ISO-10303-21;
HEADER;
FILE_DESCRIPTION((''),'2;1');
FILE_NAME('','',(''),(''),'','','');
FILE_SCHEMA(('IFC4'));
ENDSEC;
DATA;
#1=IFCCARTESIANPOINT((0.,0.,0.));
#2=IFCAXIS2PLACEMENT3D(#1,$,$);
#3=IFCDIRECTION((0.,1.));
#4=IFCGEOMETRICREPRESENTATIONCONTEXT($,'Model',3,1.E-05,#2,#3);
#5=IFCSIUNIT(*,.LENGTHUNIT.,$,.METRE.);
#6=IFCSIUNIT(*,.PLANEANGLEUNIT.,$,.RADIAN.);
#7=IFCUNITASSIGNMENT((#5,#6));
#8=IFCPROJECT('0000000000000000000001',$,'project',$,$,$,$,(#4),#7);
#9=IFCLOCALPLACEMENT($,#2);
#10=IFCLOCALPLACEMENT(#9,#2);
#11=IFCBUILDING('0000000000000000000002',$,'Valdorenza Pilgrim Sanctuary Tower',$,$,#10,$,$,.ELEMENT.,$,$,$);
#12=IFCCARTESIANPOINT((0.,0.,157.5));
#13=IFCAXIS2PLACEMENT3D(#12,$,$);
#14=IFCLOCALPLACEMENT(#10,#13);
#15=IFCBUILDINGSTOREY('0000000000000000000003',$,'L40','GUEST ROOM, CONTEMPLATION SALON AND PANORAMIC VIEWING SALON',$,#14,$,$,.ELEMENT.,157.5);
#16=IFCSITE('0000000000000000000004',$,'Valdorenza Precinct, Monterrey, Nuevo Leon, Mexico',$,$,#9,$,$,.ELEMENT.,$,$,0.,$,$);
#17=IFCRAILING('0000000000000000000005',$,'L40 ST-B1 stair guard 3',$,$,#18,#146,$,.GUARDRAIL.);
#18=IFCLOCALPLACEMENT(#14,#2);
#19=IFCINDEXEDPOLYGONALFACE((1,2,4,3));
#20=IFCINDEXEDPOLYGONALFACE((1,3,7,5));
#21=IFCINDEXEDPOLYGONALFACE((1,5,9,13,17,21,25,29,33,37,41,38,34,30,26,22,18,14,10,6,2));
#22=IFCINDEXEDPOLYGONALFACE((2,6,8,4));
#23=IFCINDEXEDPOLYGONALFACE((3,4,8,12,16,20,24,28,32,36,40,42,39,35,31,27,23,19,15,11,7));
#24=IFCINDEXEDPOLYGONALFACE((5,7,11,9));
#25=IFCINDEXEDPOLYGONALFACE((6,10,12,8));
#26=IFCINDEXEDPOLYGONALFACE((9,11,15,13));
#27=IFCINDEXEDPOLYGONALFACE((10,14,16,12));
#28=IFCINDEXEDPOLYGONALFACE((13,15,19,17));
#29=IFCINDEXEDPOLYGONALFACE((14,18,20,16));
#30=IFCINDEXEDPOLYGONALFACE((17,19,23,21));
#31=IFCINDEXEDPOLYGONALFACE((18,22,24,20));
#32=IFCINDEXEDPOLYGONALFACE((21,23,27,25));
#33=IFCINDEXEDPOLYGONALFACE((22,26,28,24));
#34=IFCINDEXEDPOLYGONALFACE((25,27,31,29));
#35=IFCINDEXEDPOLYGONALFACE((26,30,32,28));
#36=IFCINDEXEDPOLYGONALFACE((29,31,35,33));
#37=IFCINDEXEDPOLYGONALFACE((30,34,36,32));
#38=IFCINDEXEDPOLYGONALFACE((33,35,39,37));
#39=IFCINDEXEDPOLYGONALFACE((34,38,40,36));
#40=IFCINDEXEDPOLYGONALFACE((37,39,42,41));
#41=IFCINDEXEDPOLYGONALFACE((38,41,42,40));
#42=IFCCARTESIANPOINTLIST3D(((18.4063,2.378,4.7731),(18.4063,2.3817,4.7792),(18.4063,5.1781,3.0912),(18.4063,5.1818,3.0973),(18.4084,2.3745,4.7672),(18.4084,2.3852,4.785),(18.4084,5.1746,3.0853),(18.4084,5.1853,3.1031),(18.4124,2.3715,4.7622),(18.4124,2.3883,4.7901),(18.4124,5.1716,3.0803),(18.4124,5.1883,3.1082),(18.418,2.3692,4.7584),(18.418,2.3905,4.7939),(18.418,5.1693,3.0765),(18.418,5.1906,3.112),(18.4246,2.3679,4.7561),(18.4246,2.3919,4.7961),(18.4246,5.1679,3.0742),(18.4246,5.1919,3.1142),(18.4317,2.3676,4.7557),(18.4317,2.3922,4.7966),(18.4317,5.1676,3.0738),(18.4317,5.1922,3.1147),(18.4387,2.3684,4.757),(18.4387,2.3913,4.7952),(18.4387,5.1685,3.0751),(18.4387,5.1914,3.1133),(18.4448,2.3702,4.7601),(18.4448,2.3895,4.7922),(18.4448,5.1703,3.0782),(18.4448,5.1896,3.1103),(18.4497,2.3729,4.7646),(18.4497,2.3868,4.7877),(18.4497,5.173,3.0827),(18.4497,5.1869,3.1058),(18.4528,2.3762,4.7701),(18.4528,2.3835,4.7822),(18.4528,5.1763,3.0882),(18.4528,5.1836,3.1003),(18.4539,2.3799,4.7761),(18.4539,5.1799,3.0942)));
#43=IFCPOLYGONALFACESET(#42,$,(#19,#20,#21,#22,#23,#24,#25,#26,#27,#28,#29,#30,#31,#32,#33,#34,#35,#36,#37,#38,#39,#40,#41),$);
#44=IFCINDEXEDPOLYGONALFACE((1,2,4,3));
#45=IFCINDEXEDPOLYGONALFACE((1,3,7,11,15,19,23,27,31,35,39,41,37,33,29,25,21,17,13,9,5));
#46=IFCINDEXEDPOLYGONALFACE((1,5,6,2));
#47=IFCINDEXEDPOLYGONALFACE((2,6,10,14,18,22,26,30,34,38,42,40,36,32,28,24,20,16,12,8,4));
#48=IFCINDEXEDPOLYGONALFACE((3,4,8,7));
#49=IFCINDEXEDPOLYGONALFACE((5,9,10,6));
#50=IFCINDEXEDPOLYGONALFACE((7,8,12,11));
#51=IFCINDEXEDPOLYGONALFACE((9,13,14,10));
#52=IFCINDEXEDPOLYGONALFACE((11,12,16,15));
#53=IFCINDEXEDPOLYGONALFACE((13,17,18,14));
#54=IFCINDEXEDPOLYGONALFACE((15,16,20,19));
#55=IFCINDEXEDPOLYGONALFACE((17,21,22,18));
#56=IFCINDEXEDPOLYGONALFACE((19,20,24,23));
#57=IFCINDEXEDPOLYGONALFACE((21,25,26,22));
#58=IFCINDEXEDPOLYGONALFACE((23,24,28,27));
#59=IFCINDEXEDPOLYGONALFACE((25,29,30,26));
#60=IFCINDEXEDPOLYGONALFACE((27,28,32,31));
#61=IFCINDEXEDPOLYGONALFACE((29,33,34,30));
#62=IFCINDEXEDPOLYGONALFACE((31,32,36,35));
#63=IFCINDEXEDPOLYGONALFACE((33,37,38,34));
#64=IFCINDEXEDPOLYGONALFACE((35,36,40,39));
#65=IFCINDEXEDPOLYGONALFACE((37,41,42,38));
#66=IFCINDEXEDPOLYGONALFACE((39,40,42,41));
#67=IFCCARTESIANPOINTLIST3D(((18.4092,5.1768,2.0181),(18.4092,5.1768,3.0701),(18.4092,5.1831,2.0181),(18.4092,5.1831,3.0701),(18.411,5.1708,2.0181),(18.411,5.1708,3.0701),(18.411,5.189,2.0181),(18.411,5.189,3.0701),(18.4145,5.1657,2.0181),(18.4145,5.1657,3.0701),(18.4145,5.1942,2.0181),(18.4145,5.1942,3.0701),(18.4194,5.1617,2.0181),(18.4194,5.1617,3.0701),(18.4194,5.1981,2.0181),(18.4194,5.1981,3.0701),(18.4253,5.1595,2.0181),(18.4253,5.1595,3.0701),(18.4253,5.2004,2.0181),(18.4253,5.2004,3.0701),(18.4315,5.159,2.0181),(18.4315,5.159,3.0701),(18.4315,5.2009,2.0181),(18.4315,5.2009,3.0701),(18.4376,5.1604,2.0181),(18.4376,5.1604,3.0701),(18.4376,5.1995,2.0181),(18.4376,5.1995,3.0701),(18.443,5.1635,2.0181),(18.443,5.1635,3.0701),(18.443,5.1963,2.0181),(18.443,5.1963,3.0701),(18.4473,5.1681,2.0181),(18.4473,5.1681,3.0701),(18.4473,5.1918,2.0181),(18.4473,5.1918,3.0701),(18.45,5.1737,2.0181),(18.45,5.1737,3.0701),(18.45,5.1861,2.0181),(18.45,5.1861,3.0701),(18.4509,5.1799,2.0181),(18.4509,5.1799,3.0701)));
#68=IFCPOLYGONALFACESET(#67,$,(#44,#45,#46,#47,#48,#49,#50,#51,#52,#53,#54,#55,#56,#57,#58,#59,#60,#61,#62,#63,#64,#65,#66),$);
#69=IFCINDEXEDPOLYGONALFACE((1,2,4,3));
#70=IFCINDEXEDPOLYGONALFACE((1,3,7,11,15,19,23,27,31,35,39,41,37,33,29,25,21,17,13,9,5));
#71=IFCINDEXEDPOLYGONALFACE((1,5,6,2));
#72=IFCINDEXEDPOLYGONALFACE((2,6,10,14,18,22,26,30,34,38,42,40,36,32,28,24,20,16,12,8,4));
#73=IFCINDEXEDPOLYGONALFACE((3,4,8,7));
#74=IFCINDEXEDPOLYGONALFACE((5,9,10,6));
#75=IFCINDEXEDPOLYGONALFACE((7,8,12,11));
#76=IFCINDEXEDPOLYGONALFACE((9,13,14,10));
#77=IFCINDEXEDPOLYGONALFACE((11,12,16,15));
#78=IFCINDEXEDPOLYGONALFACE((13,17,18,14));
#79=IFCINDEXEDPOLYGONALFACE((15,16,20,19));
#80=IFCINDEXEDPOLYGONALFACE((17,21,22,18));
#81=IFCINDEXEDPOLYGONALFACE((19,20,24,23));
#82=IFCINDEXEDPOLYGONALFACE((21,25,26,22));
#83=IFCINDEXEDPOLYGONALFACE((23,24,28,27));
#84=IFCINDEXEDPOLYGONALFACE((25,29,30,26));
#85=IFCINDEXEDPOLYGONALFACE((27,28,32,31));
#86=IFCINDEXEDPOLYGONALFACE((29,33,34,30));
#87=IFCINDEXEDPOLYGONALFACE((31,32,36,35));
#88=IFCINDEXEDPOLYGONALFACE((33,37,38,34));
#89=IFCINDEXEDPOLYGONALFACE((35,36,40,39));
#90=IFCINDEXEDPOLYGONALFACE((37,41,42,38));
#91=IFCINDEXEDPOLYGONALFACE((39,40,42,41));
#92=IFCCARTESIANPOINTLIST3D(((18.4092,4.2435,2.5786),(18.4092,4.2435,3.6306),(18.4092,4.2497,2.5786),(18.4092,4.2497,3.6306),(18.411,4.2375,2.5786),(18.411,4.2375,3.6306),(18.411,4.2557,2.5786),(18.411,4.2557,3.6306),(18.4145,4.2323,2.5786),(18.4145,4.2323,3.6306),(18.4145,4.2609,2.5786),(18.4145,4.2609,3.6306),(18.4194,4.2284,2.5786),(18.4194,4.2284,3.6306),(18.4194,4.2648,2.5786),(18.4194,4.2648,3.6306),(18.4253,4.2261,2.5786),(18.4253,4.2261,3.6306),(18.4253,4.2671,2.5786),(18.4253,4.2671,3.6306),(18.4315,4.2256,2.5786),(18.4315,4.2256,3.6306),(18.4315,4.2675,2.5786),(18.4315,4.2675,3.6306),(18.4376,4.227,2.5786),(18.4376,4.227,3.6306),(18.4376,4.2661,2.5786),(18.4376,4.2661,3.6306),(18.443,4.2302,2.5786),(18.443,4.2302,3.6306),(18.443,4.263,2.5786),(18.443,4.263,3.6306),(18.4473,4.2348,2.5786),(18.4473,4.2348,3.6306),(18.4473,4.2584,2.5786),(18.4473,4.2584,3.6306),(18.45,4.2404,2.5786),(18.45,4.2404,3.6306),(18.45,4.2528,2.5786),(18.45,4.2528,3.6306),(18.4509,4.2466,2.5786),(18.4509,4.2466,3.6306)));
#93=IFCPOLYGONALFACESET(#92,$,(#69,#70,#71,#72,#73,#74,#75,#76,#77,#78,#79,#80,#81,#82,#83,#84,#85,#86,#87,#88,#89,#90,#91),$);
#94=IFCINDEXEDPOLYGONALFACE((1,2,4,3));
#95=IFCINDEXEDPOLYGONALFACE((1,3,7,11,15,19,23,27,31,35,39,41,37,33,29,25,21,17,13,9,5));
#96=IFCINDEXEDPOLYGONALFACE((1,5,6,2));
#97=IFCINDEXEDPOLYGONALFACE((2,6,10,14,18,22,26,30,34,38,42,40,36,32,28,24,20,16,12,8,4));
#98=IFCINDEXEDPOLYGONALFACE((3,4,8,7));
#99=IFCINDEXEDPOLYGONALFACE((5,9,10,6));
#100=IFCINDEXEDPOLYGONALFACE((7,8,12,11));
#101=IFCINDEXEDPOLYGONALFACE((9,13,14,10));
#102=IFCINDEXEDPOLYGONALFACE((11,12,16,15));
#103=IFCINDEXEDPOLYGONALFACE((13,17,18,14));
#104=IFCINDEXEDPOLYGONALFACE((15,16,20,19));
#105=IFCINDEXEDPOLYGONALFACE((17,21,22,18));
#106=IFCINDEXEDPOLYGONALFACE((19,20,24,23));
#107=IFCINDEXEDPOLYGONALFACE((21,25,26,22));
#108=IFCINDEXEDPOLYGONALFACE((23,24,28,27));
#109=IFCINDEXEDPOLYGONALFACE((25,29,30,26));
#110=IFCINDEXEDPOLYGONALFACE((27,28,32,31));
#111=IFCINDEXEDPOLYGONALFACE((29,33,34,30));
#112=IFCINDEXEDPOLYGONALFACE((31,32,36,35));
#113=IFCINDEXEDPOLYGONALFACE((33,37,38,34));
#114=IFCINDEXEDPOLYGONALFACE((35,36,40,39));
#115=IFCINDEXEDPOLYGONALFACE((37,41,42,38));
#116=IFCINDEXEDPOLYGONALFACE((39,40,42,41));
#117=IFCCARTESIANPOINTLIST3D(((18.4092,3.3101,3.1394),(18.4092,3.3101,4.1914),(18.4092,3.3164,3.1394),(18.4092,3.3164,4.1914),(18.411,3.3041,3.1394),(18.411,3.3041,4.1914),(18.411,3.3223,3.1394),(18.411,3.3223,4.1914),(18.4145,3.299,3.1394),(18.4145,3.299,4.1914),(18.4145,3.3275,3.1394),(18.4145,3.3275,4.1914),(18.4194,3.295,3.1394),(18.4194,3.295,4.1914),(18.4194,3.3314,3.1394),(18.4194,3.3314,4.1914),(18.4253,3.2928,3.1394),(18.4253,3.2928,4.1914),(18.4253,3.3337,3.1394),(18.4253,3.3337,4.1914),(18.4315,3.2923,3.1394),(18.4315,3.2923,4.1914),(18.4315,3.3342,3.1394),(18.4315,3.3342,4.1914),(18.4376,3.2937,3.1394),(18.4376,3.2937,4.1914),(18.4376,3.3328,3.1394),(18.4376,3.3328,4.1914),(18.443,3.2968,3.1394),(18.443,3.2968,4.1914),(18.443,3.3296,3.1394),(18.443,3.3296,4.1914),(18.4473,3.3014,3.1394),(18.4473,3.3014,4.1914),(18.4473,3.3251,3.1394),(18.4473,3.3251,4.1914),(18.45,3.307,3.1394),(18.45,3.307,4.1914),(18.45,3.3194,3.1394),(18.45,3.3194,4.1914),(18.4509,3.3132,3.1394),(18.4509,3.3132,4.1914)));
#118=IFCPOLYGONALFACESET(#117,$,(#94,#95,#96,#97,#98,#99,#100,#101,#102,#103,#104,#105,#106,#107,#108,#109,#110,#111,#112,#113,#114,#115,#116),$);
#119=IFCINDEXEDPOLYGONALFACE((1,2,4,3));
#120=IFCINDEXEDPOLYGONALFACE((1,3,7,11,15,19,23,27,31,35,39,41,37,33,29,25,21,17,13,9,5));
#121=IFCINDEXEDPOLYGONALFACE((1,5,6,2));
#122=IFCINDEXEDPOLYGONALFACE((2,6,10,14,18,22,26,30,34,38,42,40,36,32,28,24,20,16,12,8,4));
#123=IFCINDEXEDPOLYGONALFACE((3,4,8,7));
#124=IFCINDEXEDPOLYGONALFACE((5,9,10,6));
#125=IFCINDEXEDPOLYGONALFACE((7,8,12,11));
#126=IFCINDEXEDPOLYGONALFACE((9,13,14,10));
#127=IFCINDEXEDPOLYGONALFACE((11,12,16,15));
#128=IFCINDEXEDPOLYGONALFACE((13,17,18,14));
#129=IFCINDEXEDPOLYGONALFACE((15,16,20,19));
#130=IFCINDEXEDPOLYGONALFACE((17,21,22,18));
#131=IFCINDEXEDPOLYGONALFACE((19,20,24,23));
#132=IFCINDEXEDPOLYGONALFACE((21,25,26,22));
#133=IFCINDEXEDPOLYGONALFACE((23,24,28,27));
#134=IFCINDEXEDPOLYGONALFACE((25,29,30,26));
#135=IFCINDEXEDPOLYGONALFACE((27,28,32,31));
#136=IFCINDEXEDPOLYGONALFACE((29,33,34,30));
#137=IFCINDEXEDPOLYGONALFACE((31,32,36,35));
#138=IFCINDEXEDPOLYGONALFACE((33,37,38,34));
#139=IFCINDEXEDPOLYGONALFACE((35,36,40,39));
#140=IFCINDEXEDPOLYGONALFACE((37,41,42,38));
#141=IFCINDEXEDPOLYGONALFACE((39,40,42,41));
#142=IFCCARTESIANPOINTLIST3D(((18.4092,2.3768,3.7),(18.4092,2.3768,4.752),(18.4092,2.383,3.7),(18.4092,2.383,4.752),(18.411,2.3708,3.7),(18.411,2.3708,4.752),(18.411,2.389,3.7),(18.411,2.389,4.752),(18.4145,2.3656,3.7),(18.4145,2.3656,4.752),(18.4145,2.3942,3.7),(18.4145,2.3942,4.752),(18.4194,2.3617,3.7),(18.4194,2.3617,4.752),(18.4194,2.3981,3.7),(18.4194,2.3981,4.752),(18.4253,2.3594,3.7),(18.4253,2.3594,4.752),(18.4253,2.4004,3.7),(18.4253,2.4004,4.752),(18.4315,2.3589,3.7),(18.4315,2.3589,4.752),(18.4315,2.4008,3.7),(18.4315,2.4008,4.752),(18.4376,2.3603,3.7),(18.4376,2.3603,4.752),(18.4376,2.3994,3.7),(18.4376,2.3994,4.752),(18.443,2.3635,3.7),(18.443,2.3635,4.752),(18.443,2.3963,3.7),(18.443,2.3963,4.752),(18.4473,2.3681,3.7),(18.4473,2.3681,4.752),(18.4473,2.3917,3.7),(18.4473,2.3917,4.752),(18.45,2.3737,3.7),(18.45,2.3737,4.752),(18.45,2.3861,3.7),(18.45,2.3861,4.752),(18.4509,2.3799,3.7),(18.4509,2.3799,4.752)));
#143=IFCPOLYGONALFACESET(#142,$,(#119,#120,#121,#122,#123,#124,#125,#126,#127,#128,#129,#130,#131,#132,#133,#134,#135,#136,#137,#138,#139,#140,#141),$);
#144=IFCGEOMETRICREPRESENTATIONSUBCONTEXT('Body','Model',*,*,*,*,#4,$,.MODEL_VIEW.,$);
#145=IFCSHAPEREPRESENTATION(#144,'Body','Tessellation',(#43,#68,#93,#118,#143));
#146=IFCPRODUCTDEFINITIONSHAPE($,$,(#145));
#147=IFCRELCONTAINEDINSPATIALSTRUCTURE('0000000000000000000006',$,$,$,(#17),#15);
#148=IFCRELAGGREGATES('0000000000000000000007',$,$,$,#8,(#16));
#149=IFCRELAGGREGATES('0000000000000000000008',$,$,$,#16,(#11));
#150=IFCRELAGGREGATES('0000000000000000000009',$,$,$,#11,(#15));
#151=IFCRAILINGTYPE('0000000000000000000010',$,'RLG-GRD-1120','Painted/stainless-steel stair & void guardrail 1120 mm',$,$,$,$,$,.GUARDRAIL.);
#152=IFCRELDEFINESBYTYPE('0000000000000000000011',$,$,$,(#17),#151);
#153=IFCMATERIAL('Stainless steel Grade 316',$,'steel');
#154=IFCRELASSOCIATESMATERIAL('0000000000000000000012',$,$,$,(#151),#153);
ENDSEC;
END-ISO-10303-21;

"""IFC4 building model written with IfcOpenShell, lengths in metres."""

from ifc_helpers import new_model, si_unit, direction, frame, origin, origin_2d, place, context, subcontext, project, spatial, circle, extrude, material, type_object, element, save


model = new_model("IFC4")

# Units and contexts
model_context = context("Model", 3, precision=1e-05, world=origin(), true_north=direction((0.0, 1.0)))
body_context = subcontext(model_context, "Body", "Model", "MODEL_VIEW")
ifc_project = project(units=[si_unit("LENGTHUNIT", "METRE"), si_unit("PLANEANGLEUNIT", "RADIAN")], contexts=[model_context])

# Site, building, storey
site_placement = place(None, origin())
site = spatial("IfcSite", under=ifc_project, at=site_placement, Name="Valdorenza Precinct, Monterrey, Nuevo Leon, Mexico", CompositionType="ELEMENT", RefElevation=0.0)
building_placement = place(site_placement, origin())
building = spatial("IfcBuilding", under=site, at=building_placement, Name="Valdorenza Pilgrim Sanctuary Tower", CompositionType="ELEMENT")
storey_placement = place(building_placement, frame((0.0, 0.0, 157.5)))
storey = spatial("IfcBuildingStorey", under=building, at=storey_placement, Name="L40", Description="GUEST ROOM, CONTEMPLATION SALON AND PANORAMIC VIEWING SALON", CompositionType="ELEMENT", Elevation=157.5)

# Railing
ifc_material_1 = material(Name="Stainless steel Grade 316", Category="steel")
railing_type_1 = type_object("IfcRailingType", Name="RLG-GRD-1120", Description="Painted/stainless-steel stair & void guardrail 1120 mm", PredefinedType="GUARDRAIL", material=ifc_material_1)
railing_1_placement = place(storey_placement, frame((18.4299, 5.1799, 2.0181)))
element("IfcRailing", 1, at=railing_1_placement, inside=storey, type_object=railing_type_1, Name="L40 ST-B1 stair guard 3", PredefinedType="GUARDRAIL", context=body_context, shape_type="SweptSolid", body=[
    extrude(circle(Radius=0.0239, at=origin_2d()), frame((0.0, 0.0, 1.0762), z_axis=(0.0, -0.857242, 0.514913), x_axis=(1.0, 0.0, 0.0)), (0.0, 0.0, 1.0), 3.2664),
    extrude(circle(Radius=0.021, at=origin_2d()), origin(), (0.0, 0.0, 1.0), 1.052),
    extrude(circle(Radius=0.021, at=origin_2d()), frame((0.0, -0.9333, 0.5605)), (0.0, 0.0, 1.0), 1.052),
    extrude(circle(Radius=0.021, at=origin_2d()), frame((0.0, -1.8667, 1.1213)), (0.0, 0.0, 1.0), 1.052),
    extrude(circle(Radius=0.021, at=origin_2d()), frame((0.0, -2.8, 1.6819)), (0.0, 0.0, 1.0), 1.052),
])

save(model, "model.ifc")
